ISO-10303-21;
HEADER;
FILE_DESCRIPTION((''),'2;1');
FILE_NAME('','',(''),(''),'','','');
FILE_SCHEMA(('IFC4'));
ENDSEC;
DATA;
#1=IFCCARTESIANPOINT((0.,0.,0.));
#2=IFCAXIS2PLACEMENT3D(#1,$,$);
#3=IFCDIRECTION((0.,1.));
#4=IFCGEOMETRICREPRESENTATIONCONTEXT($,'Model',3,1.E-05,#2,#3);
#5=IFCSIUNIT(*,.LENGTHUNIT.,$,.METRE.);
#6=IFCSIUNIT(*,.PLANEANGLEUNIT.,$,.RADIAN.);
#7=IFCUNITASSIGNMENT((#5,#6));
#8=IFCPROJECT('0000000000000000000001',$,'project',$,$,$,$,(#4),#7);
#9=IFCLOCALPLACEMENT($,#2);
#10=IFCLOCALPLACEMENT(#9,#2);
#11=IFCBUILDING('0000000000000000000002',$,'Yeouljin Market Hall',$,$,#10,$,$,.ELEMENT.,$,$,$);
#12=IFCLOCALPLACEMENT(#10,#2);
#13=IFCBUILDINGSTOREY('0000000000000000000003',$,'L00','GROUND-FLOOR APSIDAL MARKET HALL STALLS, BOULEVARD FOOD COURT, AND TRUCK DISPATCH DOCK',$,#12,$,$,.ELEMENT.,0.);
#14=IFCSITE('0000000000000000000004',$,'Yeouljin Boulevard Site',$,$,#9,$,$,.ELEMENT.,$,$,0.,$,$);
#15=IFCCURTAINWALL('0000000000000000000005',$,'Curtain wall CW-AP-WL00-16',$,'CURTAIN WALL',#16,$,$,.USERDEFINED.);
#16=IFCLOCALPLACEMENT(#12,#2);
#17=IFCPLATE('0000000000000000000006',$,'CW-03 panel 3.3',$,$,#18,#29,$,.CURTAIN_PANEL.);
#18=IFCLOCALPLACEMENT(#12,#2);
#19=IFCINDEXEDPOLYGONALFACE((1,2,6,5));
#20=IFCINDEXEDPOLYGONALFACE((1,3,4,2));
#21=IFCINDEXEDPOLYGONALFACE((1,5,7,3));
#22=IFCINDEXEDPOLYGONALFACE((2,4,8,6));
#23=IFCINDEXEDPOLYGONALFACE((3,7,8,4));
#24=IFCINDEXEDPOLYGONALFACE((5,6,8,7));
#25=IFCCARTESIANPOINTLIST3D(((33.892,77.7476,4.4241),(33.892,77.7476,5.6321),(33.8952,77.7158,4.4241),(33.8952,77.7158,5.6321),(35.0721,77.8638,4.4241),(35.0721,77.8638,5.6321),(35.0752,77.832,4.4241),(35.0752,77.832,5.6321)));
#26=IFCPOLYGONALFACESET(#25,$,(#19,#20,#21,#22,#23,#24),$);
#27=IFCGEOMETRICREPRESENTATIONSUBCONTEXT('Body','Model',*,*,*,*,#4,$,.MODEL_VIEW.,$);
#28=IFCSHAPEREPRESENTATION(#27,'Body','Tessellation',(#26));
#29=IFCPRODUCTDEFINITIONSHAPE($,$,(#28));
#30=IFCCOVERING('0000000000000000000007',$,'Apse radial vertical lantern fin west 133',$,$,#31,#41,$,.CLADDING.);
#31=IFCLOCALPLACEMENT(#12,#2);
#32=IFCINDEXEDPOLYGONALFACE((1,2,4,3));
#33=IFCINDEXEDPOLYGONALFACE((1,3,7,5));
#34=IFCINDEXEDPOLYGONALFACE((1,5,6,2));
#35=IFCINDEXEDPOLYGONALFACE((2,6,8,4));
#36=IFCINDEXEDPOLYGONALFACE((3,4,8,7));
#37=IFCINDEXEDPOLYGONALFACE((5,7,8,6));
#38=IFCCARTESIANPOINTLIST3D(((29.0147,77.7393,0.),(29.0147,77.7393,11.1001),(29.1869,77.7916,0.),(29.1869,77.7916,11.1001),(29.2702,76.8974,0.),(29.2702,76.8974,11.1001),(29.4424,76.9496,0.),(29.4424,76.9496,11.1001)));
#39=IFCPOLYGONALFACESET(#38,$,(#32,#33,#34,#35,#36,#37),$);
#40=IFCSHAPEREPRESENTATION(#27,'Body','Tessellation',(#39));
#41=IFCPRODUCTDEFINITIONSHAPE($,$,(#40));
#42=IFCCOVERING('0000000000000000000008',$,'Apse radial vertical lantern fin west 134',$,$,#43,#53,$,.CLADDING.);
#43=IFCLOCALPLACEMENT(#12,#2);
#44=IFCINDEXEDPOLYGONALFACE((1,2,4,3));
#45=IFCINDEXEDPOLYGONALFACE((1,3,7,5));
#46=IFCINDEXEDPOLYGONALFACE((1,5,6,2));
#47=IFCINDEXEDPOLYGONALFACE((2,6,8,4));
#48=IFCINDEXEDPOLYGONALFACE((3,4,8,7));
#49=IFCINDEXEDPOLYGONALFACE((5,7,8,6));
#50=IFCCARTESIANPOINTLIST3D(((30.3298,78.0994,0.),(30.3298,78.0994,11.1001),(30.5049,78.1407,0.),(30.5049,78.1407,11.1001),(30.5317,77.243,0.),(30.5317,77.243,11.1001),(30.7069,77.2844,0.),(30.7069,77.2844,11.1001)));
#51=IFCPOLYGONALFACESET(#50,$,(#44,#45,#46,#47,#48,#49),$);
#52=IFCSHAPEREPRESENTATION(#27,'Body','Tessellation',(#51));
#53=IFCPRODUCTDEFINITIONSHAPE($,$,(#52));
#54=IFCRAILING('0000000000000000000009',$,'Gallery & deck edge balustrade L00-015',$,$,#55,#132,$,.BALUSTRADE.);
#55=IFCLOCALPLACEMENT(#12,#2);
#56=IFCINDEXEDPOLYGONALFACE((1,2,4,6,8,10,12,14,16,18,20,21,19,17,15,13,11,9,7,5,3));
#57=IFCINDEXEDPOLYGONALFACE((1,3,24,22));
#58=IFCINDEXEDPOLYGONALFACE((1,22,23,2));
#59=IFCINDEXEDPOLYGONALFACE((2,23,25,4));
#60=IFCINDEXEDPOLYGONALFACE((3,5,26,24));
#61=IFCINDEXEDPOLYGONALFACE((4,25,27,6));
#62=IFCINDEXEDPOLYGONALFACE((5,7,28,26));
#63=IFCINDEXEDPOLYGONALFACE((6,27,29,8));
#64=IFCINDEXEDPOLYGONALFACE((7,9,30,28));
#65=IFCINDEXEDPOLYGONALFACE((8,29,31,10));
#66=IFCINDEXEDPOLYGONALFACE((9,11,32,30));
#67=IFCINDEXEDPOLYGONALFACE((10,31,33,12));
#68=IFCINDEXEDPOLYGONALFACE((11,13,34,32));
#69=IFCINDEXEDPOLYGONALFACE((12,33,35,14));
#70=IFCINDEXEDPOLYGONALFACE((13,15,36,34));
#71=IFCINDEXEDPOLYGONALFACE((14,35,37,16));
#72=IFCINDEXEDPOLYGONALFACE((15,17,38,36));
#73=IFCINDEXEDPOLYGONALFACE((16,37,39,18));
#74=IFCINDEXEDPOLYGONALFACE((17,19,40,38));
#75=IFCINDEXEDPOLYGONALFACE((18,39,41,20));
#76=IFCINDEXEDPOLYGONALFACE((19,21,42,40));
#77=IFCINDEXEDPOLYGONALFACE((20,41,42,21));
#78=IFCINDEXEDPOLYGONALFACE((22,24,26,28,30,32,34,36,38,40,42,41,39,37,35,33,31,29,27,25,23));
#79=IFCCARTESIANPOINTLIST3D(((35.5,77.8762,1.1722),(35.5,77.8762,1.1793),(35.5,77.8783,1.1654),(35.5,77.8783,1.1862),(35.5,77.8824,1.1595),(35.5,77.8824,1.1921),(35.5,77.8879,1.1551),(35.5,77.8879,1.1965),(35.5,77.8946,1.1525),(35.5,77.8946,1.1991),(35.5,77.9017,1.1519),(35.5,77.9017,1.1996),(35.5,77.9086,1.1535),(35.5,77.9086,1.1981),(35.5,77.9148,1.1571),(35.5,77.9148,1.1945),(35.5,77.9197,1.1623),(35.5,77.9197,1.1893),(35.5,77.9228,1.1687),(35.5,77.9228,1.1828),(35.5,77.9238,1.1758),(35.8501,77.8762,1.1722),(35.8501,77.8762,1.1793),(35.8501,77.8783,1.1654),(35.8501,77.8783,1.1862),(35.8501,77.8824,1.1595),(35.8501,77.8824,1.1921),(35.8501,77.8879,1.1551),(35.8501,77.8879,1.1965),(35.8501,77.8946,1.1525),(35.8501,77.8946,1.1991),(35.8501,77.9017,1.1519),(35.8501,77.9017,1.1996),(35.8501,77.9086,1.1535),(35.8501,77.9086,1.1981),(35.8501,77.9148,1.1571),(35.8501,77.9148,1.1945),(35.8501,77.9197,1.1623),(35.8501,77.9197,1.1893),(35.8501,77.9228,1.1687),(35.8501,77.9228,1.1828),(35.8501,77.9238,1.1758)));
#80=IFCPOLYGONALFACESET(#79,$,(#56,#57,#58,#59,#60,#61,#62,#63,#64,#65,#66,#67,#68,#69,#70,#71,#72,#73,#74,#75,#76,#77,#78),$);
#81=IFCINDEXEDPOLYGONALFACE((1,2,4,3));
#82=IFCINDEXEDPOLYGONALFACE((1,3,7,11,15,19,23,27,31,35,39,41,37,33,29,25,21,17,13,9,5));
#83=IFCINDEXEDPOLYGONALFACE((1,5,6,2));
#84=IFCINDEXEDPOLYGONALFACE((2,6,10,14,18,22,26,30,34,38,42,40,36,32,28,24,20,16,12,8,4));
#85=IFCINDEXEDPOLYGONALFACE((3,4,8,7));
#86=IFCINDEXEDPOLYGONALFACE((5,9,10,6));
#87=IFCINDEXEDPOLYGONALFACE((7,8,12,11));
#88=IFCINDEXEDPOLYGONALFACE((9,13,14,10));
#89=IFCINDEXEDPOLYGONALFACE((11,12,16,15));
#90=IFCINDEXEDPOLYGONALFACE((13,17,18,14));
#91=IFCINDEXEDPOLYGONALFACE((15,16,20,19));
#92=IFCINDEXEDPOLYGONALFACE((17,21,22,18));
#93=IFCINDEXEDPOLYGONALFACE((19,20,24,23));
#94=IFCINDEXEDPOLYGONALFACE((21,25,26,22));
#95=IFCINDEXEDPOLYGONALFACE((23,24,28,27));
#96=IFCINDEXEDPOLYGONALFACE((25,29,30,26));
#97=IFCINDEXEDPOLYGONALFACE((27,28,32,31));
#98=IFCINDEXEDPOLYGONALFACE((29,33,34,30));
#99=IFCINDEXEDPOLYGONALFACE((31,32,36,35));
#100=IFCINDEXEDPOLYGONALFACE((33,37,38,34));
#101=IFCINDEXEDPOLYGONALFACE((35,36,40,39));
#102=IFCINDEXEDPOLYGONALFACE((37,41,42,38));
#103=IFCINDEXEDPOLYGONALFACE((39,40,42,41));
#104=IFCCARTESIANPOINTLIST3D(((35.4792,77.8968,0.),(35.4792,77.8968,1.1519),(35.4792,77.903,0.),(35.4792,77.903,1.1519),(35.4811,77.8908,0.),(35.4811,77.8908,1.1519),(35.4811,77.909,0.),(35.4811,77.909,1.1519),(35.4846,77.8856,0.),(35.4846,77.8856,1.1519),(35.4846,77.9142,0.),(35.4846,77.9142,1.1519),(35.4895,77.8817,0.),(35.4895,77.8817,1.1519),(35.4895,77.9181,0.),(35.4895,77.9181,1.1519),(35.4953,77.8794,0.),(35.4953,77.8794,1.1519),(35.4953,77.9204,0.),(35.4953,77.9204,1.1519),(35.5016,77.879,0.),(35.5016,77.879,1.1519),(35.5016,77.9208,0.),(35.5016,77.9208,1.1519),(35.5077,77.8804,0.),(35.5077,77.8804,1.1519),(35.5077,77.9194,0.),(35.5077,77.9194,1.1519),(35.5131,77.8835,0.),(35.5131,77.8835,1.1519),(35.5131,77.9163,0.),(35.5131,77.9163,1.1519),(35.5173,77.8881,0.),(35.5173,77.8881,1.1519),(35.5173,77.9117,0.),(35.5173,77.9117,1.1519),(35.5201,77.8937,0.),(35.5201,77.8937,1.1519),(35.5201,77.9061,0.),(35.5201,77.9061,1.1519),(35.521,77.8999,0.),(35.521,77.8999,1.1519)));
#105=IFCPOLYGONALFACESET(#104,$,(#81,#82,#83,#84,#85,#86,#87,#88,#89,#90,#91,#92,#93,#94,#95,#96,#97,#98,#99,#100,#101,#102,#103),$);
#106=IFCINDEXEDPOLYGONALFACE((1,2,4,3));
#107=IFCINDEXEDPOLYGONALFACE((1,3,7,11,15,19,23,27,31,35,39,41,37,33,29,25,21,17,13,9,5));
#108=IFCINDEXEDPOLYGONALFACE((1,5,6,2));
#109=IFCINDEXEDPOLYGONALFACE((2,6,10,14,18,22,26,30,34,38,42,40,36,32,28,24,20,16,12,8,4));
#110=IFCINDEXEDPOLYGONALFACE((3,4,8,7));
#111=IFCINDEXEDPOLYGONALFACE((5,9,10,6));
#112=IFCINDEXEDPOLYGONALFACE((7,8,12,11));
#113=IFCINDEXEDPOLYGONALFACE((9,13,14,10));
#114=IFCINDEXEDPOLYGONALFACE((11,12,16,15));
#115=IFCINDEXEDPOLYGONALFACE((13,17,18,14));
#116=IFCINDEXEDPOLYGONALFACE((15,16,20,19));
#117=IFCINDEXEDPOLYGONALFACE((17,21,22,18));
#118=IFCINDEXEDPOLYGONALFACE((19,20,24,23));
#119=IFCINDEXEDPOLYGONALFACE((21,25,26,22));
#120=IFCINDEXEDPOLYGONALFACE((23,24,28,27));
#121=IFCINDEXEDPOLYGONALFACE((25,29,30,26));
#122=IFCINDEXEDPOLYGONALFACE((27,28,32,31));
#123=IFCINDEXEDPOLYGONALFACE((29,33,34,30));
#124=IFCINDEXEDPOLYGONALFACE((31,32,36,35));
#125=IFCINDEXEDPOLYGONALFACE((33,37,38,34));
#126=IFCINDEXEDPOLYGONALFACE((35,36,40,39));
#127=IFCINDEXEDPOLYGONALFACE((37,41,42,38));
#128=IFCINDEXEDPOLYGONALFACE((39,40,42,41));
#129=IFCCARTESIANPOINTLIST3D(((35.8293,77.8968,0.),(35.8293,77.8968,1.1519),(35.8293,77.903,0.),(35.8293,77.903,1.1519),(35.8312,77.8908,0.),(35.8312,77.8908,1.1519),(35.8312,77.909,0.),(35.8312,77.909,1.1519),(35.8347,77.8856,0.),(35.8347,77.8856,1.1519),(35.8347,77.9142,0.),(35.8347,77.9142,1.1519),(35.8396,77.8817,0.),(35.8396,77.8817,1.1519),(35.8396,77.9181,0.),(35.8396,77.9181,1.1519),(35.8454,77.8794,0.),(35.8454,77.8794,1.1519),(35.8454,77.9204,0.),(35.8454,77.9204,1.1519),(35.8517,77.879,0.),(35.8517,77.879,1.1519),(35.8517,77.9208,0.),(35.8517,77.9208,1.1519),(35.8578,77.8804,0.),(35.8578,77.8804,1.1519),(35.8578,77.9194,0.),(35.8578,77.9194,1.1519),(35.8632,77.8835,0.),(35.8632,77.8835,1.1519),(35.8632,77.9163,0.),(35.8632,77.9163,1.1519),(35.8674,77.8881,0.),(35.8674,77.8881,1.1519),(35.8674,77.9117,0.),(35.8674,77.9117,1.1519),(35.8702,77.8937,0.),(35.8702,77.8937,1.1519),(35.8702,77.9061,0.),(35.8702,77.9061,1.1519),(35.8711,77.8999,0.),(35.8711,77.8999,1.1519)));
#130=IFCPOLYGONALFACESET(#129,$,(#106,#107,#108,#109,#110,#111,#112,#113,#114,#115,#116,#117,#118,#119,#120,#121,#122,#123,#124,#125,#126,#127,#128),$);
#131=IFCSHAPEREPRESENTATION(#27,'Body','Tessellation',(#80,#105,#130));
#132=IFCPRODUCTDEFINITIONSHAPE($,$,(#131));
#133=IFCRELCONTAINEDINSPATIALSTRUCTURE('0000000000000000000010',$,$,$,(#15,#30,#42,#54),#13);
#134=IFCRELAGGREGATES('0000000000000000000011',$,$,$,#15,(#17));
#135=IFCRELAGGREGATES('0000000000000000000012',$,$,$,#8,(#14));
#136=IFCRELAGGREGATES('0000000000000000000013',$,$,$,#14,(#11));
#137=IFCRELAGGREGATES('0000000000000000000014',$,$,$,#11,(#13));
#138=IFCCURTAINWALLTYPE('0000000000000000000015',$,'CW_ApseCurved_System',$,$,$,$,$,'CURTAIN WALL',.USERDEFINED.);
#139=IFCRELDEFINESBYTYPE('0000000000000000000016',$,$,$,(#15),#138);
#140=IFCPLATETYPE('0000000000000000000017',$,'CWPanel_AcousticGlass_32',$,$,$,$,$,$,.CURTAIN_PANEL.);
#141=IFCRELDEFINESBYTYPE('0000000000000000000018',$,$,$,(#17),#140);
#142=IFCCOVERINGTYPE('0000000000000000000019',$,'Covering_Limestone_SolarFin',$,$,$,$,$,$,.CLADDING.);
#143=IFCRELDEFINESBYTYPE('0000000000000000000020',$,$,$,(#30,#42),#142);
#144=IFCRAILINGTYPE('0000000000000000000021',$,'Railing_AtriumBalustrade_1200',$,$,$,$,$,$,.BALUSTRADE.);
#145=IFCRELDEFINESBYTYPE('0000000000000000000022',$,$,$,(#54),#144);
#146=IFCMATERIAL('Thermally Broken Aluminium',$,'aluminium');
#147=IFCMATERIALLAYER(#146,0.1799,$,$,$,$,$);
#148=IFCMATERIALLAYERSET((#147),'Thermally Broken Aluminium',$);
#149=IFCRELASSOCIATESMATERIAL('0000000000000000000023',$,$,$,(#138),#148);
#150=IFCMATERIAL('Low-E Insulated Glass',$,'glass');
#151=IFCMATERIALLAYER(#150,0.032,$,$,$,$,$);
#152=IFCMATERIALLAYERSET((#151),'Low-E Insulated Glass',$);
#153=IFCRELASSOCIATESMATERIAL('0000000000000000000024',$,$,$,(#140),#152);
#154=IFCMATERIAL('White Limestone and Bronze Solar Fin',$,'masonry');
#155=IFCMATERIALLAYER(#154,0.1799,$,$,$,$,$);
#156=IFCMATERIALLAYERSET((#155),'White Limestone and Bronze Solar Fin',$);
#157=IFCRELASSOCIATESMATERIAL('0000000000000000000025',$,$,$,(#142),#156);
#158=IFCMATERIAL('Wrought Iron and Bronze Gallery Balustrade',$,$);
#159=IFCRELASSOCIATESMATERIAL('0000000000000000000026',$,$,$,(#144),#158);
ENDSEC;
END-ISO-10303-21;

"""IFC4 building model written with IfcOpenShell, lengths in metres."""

from ifc_helpers import new_model, si_unit, direction, frame, origin, origin_2d, place, context, subcontext, project, spatial, rectangle, circle, extrude, material, layer, layer_set, type_object, element, aggregate, save


model = new_model("IFC4")

# Units and contexts
model_context = context("Model", 3, precision=1e-05, world=origin(), true_north=direction((0.0, 1.0)))
body_context = subcontext(model_context, "Body", "Model", "MODEL_VIEW")
ifc_project = project(units=[si_unit("LENGTHUNIT", "METRE"), si_unit("PLANEANGLEUNIT", "RADIAN")], contexts=[model_context])

# Site, building, storey
site_placement = place(None, origin())
site = spatial("IfcSite", under=ifc_project, at=site_placement, Name="Yeouljin Boulevard Site", CompositionType="ELEMENT", RefElevation=0.0)
building_placement = place(site_placement, origin())
building = spatial("IfcBuilding", under=site, at=building_placement, Name="Yeouljin Market Hall", CompositionType="ELEMENT")
storey_placement = place(building_placement, origin())
storey = spatial("IfcBuildingStorey", under=building, at=storey_placement, Name="L00", Description="GROUND-FLOOR APSIDAL MARKET HALL STALLS, BOULEVARD FOOD COURT, AND TRUCK DISPATCH DOCK", CompositionType="ELEMENT", Elevation=0.0)

# Shared definitions
ifc_material_1 = material(Name="Thermally Broken Aluminium", Category="aluminium")
ifc_layer_1 = layer(ifc_material_1, 0.1799)
ifc_layer_set_1 = layer_set([ifc_layer_1], Name="Thermally Broken Aluminium")
curtain_wall_type_1 = type_object("IfcCurtainWallType", Name="CW_ApseCurved_System", ElementType="CURTAIN WALL", PredefinedType="USERDEFINED", material=ifc_layer_set_1)

# Curtain wall
curtain_wall_1_placement = place(storey_placement, origin())
curtain_wall_1 = element("IfcCurtainWall", 1, at=curtain_wall_1_placement, inside=storey, type_object=curtain_wall_type_1, Name="Curtain wall CW-AP-WL00-16", ObjectType="CURTAIN WALL", PredefinedType="USERDEFINED")

# Plate
ifc_material_2 = material(Name="Low-E Insulated Glass", Category="glass")
ifc_layer_2 = layer(ifc_material_2, 0.032)
ifc_layer_set_2 = layer_set([ifc_layer_2], Name="Low-E Insulated Glass")
plate_type = type_object("IfcPlateType", Name="CWPanel_AcousticGlass_32", PredefinedType="CURTAIN_PANEL", material=ifc_layer_set_2)
plate_1_placement = place(storey_placement, frame((34.4836, 77.7898, 4.4241), z_axis=(0.0, 0.0, 1.0), x_axis=(0.995183, 0.098034, 0.0)))
plate_1 = element("IfcPlate", 2, at=plate_1_placement, type_object=plate_type, Name="CW-03 panel 3.3", PredefinedType="CURTAIN_PANEL", context=body_context, shape_type="SweptSolid", body=[
    extrude(rectangle(XDim=1.1858, YDim=0.032, at=origin_2d()), origin(), (0.0, 0.0, 1.0), 1.208),
])
aggregate(curtain_wall_1, [plate_1])

# Coverings
ifc_material_3 = material(Name="White Limestone and Bronze Solar Fin", Category="masonry")
ifc_layer_3 = layer(ifc_material_3, 0.1799)
ifc_layer_set_3 = layer_set([ifc_layer_3], Name="White Limestone and Bronze Solar Fin")
covering_type = type_object("IfcCoveringType", Name="Covering_Limestone_SolarFin", PredefinedType="CLADDING", material=ifc_layer_set_3)
for number, where, z_axis, x_axis, name in (
    (3, (29.2285, 77.3445, 0.0), (0.0, 0.0, 1.0), (-0.290368, 0.956915, 0.0), "Apse radial vertical lantern fin west 133"),
    (4, (30.5183, 77.6919, 0.0), (0.0, 0.0, 1.0), (-0.22954, 0.973299, 0.0), "Apse radial vertical lantern fin west 134"),
):
    element("IfcCovering", number, at=place(storey_placement, frame(where, z_axis=z_axis, x_axis=x_axis)), inside=storey, type_object=covering_type, Name=name, PredefinedType="CLADDING", context=body_context, shape_type="SweptSolid", body=[
        extrude(rectangle(XDim=0.8799, YDim=0.1799, at=origin_2d()), origin(), (0.0, 0.0, 1.0), 11.1001),
    ])

# Railing
ifc_material_4 = material(Name="Wrought Iron and Bronze Gallery Balustrade")
railing_type = type_object("IfcRailingType", Name="Railing_AtriumBalustrade_1200", PredefinedType="BALUSTRADE", material=ifc_material_4)
railing_placement = place(storey_placement, frame((35.5, 77.8999, 0.0)))
element("IfcRailing", 5, at=railing_placement, inside=storey, type_object=railing_type, Name="Gallery & deck edge balustrade L00-015", PredefinedType="BALUSTRADE", context=body_context, shape_type="SweptSolid", body=[
    extrude(circle(Radius=0.0239, at=origin_2d()), frame((0.0, 0.0, 1.1758), z_axis=(1.0, 0.0, 0.0), x_axis=(0.0, 1.0, 0.0)), (0.0, 0.0, 1.0), 0.3501),
    extrude(circle(Radius=0.021, at=origin_2d()), origin(), (0.0, 0.0, 1.0), 1.1519),
    extrude(circle(Radius=0.021, at=origin_2d()), frame((0.3501, 0.0, 0.0)), (0.0, 0.0, 1.0), 1.1519),
])

save(model, "model.ifc")
